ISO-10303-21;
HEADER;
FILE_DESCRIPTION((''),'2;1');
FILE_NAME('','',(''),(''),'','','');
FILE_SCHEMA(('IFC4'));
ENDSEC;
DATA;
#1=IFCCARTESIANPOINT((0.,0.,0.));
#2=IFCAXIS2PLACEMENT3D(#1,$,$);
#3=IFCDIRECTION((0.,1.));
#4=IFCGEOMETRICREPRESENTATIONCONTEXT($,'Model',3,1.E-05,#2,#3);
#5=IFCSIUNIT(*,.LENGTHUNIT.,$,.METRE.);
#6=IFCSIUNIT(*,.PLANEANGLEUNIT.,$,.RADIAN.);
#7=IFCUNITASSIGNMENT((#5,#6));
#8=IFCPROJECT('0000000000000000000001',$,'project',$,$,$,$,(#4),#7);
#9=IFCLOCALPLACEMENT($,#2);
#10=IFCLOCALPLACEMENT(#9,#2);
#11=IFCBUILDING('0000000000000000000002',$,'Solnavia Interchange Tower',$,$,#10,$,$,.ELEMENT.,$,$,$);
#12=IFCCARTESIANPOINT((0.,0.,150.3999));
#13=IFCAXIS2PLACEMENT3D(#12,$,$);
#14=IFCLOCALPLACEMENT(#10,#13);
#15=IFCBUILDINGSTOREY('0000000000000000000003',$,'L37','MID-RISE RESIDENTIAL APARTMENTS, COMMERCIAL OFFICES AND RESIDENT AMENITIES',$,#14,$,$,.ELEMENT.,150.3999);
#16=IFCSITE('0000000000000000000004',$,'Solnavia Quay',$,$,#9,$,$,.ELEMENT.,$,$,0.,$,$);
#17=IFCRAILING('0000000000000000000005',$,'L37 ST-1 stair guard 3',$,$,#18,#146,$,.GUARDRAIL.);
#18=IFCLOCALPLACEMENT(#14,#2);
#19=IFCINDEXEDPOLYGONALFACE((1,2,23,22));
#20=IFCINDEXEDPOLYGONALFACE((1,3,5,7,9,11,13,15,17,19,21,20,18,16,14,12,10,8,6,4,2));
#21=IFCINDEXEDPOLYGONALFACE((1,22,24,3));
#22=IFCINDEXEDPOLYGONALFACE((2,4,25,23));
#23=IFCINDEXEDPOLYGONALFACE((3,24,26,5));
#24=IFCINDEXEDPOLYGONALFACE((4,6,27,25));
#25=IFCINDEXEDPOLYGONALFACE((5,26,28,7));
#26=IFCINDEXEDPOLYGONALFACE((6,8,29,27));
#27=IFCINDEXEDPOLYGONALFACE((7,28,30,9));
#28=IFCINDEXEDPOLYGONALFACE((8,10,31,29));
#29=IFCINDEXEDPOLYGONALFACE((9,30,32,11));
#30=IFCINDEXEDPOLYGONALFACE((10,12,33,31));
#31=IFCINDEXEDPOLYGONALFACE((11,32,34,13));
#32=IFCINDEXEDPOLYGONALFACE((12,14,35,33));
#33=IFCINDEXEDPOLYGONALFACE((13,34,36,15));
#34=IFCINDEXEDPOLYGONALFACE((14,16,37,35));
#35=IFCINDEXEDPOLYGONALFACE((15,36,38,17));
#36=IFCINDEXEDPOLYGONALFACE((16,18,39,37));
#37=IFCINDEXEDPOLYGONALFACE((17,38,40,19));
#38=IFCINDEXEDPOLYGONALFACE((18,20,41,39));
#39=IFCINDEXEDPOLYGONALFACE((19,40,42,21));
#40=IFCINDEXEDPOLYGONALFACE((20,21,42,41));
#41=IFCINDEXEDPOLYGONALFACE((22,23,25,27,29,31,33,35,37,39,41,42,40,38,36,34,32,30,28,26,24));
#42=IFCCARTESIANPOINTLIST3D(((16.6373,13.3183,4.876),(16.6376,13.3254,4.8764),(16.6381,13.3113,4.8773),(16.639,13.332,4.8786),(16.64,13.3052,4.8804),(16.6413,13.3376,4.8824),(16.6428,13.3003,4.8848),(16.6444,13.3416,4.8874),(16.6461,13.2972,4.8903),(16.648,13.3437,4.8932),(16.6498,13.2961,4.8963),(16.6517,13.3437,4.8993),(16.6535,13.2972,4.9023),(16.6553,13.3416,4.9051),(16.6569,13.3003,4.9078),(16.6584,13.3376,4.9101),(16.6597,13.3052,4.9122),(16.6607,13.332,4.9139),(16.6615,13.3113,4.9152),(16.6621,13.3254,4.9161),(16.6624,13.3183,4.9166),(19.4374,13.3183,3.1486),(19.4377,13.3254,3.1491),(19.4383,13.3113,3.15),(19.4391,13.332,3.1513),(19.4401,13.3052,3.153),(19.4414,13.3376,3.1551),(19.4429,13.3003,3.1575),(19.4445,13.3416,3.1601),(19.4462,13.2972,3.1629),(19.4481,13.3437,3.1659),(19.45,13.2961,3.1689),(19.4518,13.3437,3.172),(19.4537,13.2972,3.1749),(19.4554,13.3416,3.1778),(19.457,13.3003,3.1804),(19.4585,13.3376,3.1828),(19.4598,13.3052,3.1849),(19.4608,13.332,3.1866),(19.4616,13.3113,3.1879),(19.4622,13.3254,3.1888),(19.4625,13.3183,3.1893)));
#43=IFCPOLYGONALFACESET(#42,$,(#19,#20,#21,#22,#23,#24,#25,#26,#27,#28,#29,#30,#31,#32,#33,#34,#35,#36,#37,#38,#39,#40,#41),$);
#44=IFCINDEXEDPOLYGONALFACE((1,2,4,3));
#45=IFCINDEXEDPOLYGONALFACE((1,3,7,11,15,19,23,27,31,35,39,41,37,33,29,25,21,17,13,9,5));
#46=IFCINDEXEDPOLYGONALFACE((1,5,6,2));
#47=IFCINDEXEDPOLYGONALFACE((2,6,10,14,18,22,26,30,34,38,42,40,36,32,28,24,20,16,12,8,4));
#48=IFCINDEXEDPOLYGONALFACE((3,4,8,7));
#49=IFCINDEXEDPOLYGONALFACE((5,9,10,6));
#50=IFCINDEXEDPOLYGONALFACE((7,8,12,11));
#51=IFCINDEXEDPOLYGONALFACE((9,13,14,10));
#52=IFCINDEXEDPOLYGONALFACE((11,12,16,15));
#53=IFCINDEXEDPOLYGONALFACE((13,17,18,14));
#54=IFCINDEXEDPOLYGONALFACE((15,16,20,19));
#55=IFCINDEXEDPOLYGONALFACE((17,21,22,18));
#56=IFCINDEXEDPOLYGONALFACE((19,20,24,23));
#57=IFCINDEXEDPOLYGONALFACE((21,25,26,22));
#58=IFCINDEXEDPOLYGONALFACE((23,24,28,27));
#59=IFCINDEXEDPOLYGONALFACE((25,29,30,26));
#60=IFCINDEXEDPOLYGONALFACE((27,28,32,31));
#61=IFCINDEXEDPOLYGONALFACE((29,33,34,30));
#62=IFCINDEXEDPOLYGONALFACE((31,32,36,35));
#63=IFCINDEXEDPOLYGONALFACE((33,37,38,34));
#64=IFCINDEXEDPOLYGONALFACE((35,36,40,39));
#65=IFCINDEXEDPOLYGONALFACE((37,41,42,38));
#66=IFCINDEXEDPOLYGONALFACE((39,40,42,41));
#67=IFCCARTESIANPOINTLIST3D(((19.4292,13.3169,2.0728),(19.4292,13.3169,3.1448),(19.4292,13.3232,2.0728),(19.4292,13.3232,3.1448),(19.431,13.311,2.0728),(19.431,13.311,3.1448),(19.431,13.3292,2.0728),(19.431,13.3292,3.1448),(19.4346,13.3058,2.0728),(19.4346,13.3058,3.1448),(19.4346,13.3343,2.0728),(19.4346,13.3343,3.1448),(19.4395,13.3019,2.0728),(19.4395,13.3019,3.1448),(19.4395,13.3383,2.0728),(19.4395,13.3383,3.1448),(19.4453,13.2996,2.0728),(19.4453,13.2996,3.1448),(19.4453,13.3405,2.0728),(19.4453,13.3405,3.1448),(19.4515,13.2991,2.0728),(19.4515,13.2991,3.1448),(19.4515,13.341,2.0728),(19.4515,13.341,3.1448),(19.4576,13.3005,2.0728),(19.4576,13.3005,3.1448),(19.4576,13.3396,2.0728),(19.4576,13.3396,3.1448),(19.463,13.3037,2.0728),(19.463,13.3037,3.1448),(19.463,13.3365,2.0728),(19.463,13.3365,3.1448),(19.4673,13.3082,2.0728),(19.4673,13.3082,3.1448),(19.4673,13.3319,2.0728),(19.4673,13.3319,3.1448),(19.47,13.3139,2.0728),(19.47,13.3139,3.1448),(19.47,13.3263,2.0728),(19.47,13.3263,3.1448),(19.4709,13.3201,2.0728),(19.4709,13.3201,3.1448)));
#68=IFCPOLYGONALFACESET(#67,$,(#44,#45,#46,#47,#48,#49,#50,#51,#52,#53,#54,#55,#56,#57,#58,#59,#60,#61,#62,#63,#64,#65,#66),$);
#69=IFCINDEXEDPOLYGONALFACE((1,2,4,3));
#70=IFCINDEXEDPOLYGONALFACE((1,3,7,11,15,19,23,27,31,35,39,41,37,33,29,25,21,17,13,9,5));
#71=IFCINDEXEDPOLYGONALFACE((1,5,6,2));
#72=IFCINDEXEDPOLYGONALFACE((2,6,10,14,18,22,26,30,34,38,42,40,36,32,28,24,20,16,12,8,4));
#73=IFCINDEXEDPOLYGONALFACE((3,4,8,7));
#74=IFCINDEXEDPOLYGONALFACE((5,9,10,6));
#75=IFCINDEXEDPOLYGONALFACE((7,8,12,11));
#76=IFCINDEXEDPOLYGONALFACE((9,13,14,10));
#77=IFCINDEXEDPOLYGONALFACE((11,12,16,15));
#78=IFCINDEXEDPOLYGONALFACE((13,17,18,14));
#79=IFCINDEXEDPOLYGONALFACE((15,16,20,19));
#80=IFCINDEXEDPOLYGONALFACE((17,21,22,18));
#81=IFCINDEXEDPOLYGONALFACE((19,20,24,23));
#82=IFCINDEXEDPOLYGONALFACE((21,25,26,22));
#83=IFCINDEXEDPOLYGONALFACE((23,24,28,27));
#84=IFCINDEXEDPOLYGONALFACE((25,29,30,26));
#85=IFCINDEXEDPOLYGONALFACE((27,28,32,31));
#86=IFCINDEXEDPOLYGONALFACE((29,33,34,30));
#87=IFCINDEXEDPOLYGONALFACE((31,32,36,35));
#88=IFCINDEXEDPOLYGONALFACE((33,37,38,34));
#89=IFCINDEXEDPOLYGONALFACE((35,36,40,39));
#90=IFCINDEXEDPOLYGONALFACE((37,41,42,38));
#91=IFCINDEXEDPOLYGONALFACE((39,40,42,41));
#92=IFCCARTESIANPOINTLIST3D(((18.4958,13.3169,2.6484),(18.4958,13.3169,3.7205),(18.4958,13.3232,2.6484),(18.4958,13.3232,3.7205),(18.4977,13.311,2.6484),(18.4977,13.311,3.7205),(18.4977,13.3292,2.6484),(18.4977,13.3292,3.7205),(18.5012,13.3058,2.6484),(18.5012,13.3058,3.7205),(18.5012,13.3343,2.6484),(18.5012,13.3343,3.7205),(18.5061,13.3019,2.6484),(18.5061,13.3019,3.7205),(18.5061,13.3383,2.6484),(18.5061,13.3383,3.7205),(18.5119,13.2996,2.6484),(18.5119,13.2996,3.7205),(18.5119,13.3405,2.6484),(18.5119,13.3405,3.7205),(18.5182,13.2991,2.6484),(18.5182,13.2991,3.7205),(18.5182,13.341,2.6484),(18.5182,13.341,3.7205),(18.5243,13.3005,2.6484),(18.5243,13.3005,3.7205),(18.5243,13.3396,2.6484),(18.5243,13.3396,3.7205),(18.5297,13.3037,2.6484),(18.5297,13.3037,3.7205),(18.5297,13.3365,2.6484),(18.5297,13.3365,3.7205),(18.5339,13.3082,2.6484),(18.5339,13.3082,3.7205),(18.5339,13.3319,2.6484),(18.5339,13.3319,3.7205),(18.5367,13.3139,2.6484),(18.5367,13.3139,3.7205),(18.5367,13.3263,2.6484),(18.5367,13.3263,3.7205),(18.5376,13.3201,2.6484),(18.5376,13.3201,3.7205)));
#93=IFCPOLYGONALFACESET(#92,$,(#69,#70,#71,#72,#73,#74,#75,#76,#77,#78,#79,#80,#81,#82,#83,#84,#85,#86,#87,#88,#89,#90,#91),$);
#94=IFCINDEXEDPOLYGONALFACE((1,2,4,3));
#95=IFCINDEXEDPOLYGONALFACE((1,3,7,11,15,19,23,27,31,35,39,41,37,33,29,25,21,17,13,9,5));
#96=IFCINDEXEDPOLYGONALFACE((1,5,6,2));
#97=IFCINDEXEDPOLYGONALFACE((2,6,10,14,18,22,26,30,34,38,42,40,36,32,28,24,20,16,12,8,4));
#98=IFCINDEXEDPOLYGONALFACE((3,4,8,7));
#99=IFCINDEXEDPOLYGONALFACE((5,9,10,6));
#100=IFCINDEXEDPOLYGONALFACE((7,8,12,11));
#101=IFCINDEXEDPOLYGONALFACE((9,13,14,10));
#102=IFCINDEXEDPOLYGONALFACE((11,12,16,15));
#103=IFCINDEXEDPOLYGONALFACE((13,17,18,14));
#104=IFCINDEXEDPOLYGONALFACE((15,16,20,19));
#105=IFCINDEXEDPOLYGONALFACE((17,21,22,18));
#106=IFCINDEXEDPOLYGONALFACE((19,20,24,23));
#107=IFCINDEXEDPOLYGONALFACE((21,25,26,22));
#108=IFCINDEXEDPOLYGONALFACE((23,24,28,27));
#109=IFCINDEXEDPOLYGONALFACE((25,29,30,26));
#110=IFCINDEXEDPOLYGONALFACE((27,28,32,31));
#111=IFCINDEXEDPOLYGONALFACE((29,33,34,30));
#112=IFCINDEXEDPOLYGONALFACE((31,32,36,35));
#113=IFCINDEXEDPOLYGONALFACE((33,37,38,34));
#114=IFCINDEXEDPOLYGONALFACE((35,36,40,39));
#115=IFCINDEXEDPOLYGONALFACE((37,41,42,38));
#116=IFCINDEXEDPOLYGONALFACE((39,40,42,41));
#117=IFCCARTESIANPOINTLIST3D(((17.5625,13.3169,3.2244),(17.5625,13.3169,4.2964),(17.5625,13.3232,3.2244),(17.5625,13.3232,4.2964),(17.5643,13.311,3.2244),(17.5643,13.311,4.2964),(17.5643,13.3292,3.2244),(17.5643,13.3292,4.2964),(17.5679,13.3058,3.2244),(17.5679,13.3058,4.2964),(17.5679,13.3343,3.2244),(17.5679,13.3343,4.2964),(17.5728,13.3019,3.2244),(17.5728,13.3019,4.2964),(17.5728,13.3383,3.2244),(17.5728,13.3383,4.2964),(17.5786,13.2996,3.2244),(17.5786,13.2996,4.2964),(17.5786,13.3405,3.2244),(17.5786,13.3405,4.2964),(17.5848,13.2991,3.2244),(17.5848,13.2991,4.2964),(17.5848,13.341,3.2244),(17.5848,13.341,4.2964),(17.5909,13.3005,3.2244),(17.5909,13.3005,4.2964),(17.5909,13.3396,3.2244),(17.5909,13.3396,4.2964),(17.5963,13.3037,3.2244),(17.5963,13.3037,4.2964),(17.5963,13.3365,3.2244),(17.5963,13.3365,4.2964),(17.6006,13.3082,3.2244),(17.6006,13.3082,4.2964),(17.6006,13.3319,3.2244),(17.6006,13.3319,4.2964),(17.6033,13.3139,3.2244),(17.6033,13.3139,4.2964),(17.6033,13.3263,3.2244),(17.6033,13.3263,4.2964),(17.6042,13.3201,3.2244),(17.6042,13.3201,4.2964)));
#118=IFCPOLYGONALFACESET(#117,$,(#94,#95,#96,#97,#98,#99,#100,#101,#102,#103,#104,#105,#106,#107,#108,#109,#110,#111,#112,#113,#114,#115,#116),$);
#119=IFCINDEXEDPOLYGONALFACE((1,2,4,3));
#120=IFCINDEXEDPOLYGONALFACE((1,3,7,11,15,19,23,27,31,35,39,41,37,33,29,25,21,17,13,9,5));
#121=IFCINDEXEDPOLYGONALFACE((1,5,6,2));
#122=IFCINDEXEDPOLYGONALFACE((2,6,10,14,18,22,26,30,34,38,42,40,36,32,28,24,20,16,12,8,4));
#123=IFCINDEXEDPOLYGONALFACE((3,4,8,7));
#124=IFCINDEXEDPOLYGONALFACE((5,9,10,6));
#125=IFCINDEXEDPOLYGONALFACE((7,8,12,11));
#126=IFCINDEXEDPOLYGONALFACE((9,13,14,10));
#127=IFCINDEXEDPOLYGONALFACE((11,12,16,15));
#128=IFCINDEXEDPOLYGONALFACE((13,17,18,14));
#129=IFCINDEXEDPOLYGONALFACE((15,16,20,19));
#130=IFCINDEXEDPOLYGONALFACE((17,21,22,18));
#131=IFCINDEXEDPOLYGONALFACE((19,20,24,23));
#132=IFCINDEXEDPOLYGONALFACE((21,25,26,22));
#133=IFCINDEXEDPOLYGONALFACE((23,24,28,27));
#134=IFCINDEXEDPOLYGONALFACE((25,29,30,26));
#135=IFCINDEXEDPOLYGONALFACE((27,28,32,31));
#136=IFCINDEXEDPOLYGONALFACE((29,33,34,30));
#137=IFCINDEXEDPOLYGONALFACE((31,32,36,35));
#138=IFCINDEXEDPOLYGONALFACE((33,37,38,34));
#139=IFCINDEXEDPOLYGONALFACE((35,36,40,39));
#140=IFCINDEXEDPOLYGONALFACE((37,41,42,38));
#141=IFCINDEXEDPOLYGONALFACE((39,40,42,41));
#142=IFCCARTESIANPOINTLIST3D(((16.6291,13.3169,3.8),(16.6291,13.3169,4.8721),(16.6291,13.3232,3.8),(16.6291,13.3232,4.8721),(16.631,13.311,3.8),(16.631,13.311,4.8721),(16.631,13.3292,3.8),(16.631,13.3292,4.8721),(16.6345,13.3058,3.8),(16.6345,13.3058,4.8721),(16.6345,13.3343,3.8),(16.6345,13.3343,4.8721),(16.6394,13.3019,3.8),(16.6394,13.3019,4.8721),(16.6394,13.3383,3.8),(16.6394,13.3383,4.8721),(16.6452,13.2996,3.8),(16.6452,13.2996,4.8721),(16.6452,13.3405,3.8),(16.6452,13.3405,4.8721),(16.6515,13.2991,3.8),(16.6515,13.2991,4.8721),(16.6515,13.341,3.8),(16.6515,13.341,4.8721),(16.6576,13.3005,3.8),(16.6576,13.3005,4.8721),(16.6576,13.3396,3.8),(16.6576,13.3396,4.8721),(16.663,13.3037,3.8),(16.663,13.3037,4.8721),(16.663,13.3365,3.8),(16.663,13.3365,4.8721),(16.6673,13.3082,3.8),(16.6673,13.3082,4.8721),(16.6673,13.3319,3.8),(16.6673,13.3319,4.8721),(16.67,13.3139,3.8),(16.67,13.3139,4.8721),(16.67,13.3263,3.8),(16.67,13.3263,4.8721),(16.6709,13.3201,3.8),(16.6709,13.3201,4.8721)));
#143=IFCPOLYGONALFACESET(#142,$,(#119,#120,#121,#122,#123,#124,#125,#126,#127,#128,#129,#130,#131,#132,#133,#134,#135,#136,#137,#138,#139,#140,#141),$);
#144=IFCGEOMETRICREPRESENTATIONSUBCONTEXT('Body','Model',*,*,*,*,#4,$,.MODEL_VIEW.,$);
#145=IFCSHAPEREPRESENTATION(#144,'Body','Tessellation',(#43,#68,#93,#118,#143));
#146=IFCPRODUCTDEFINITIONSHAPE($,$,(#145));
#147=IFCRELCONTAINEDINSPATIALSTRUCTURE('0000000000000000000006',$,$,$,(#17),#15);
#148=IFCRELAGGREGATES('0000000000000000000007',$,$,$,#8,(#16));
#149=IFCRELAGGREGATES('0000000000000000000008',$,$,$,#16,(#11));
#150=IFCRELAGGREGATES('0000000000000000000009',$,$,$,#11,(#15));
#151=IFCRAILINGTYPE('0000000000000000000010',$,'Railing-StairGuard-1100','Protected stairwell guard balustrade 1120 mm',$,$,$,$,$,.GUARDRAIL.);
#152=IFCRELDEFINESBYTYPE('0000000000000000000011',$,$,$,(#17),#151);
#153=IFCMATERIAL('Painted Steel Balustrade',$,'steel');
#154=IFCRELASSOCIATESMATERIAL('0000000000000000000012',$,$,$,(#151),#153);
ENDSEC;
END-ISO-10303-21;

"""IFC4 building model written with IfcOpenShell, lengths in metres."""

from ifc_helpers import new_model, si_unit, direction, frame, origin, origin_2d, place, context, subcontext, project, spatial, circle, extrude, material, type_object, element, save


model = new_model("IFC4")

# Units and contexts
model_context = context("Model", 3, precision=1e-05, world=origin(), true_north=direction((0.0, 1.0)))
body_context = subcontext(model_context, "Body", "Model", "MODEL_VIEW")
ifc_project = project(units=[si_unit("LENGTHUNIT", "METRE"), si_unit("PLANEANGLEUNIT", "RADIAN")], contexts=[model_context])

# Site, building, storey
site_placement = place(None, origin())
site = spatial("IfcSite", under=ifc_project, at=site_placement, Name="Solnavia Quay", CompositionType="ELEMENT", RefElevation=0.0)
building_placement = place(site_placement, origin())
building = spatial("IfcBuilding", under=site, at=building_placement, Name="Solnavia Interchange Tower", CompositionType="ELEMENT")
storey_placement = place(building_placement, frame((0.0, 0.0, 150.3999)))
storey = spatial("IfcBuildingStorey", under=building, at=storey_placement, Name="L37", Description="MID-RISE RESIDENTIAL APARTMENTS, COMMERCIAL OFFICES AND RESIDENT AMENITIES", CompositionType="ELEMENT", Elevation=150.3999)

# Railing
ifc_material_1 = material(Name="Painted Steel Balustrade", Category="steel")
railing_type_1 = type_object("IfcRailingType", Name="Railing-StairGuard-1100", Description="Protected stairwell guard balustrade 1120 mm", PredefinedType="GUARDRAIL", material=ifc_material_1)
railing_1_placement = place(storey_placement, frame((19.45, 13.3201, 2.0728)))
element("IfcRailing", 1, at=railing_1_placement, inside=storey, type_object=railing_type_1, Name="L37 ST-1 stair guard 3", PredefinedType="GUARDRAIL", context=body_context, shape_type="SweptSolid", body=[
    extrude(circle(Radius=0.0239, at=origin_2d()), frame((0.0, 0.0, 1.0962), z_axis=(-0.85109, 0.0, 0.52502), x_axis=(0.0, -1.0, 0.0)), (0.0, 0.0, 1.0), 3.29),
    extrude(circle(Radius=0.021, at=origin_2d()), origin(), (0.0, 0.0, 1.0), 1.072),
    extrude(circle(Radius=0.021, at=origin_2d()), frame((-0.9333, 0.0, 0.5757)), (0.0, 0.0, 1.0), 1.072),
    extrude(circle(Radius=0.021, at=origin_2d()), frame((-1.8667, 0.0, 1.1516)), (0.0, 0.0, 1.0), 1.072),
    extrude(circle(Radius=0.021, at=origin_2d()), frame((-2.8, 0.0, 1.7273)), (0.0, 0.0, 1.0), 1.072),
])

save(model, "model.ifc")
